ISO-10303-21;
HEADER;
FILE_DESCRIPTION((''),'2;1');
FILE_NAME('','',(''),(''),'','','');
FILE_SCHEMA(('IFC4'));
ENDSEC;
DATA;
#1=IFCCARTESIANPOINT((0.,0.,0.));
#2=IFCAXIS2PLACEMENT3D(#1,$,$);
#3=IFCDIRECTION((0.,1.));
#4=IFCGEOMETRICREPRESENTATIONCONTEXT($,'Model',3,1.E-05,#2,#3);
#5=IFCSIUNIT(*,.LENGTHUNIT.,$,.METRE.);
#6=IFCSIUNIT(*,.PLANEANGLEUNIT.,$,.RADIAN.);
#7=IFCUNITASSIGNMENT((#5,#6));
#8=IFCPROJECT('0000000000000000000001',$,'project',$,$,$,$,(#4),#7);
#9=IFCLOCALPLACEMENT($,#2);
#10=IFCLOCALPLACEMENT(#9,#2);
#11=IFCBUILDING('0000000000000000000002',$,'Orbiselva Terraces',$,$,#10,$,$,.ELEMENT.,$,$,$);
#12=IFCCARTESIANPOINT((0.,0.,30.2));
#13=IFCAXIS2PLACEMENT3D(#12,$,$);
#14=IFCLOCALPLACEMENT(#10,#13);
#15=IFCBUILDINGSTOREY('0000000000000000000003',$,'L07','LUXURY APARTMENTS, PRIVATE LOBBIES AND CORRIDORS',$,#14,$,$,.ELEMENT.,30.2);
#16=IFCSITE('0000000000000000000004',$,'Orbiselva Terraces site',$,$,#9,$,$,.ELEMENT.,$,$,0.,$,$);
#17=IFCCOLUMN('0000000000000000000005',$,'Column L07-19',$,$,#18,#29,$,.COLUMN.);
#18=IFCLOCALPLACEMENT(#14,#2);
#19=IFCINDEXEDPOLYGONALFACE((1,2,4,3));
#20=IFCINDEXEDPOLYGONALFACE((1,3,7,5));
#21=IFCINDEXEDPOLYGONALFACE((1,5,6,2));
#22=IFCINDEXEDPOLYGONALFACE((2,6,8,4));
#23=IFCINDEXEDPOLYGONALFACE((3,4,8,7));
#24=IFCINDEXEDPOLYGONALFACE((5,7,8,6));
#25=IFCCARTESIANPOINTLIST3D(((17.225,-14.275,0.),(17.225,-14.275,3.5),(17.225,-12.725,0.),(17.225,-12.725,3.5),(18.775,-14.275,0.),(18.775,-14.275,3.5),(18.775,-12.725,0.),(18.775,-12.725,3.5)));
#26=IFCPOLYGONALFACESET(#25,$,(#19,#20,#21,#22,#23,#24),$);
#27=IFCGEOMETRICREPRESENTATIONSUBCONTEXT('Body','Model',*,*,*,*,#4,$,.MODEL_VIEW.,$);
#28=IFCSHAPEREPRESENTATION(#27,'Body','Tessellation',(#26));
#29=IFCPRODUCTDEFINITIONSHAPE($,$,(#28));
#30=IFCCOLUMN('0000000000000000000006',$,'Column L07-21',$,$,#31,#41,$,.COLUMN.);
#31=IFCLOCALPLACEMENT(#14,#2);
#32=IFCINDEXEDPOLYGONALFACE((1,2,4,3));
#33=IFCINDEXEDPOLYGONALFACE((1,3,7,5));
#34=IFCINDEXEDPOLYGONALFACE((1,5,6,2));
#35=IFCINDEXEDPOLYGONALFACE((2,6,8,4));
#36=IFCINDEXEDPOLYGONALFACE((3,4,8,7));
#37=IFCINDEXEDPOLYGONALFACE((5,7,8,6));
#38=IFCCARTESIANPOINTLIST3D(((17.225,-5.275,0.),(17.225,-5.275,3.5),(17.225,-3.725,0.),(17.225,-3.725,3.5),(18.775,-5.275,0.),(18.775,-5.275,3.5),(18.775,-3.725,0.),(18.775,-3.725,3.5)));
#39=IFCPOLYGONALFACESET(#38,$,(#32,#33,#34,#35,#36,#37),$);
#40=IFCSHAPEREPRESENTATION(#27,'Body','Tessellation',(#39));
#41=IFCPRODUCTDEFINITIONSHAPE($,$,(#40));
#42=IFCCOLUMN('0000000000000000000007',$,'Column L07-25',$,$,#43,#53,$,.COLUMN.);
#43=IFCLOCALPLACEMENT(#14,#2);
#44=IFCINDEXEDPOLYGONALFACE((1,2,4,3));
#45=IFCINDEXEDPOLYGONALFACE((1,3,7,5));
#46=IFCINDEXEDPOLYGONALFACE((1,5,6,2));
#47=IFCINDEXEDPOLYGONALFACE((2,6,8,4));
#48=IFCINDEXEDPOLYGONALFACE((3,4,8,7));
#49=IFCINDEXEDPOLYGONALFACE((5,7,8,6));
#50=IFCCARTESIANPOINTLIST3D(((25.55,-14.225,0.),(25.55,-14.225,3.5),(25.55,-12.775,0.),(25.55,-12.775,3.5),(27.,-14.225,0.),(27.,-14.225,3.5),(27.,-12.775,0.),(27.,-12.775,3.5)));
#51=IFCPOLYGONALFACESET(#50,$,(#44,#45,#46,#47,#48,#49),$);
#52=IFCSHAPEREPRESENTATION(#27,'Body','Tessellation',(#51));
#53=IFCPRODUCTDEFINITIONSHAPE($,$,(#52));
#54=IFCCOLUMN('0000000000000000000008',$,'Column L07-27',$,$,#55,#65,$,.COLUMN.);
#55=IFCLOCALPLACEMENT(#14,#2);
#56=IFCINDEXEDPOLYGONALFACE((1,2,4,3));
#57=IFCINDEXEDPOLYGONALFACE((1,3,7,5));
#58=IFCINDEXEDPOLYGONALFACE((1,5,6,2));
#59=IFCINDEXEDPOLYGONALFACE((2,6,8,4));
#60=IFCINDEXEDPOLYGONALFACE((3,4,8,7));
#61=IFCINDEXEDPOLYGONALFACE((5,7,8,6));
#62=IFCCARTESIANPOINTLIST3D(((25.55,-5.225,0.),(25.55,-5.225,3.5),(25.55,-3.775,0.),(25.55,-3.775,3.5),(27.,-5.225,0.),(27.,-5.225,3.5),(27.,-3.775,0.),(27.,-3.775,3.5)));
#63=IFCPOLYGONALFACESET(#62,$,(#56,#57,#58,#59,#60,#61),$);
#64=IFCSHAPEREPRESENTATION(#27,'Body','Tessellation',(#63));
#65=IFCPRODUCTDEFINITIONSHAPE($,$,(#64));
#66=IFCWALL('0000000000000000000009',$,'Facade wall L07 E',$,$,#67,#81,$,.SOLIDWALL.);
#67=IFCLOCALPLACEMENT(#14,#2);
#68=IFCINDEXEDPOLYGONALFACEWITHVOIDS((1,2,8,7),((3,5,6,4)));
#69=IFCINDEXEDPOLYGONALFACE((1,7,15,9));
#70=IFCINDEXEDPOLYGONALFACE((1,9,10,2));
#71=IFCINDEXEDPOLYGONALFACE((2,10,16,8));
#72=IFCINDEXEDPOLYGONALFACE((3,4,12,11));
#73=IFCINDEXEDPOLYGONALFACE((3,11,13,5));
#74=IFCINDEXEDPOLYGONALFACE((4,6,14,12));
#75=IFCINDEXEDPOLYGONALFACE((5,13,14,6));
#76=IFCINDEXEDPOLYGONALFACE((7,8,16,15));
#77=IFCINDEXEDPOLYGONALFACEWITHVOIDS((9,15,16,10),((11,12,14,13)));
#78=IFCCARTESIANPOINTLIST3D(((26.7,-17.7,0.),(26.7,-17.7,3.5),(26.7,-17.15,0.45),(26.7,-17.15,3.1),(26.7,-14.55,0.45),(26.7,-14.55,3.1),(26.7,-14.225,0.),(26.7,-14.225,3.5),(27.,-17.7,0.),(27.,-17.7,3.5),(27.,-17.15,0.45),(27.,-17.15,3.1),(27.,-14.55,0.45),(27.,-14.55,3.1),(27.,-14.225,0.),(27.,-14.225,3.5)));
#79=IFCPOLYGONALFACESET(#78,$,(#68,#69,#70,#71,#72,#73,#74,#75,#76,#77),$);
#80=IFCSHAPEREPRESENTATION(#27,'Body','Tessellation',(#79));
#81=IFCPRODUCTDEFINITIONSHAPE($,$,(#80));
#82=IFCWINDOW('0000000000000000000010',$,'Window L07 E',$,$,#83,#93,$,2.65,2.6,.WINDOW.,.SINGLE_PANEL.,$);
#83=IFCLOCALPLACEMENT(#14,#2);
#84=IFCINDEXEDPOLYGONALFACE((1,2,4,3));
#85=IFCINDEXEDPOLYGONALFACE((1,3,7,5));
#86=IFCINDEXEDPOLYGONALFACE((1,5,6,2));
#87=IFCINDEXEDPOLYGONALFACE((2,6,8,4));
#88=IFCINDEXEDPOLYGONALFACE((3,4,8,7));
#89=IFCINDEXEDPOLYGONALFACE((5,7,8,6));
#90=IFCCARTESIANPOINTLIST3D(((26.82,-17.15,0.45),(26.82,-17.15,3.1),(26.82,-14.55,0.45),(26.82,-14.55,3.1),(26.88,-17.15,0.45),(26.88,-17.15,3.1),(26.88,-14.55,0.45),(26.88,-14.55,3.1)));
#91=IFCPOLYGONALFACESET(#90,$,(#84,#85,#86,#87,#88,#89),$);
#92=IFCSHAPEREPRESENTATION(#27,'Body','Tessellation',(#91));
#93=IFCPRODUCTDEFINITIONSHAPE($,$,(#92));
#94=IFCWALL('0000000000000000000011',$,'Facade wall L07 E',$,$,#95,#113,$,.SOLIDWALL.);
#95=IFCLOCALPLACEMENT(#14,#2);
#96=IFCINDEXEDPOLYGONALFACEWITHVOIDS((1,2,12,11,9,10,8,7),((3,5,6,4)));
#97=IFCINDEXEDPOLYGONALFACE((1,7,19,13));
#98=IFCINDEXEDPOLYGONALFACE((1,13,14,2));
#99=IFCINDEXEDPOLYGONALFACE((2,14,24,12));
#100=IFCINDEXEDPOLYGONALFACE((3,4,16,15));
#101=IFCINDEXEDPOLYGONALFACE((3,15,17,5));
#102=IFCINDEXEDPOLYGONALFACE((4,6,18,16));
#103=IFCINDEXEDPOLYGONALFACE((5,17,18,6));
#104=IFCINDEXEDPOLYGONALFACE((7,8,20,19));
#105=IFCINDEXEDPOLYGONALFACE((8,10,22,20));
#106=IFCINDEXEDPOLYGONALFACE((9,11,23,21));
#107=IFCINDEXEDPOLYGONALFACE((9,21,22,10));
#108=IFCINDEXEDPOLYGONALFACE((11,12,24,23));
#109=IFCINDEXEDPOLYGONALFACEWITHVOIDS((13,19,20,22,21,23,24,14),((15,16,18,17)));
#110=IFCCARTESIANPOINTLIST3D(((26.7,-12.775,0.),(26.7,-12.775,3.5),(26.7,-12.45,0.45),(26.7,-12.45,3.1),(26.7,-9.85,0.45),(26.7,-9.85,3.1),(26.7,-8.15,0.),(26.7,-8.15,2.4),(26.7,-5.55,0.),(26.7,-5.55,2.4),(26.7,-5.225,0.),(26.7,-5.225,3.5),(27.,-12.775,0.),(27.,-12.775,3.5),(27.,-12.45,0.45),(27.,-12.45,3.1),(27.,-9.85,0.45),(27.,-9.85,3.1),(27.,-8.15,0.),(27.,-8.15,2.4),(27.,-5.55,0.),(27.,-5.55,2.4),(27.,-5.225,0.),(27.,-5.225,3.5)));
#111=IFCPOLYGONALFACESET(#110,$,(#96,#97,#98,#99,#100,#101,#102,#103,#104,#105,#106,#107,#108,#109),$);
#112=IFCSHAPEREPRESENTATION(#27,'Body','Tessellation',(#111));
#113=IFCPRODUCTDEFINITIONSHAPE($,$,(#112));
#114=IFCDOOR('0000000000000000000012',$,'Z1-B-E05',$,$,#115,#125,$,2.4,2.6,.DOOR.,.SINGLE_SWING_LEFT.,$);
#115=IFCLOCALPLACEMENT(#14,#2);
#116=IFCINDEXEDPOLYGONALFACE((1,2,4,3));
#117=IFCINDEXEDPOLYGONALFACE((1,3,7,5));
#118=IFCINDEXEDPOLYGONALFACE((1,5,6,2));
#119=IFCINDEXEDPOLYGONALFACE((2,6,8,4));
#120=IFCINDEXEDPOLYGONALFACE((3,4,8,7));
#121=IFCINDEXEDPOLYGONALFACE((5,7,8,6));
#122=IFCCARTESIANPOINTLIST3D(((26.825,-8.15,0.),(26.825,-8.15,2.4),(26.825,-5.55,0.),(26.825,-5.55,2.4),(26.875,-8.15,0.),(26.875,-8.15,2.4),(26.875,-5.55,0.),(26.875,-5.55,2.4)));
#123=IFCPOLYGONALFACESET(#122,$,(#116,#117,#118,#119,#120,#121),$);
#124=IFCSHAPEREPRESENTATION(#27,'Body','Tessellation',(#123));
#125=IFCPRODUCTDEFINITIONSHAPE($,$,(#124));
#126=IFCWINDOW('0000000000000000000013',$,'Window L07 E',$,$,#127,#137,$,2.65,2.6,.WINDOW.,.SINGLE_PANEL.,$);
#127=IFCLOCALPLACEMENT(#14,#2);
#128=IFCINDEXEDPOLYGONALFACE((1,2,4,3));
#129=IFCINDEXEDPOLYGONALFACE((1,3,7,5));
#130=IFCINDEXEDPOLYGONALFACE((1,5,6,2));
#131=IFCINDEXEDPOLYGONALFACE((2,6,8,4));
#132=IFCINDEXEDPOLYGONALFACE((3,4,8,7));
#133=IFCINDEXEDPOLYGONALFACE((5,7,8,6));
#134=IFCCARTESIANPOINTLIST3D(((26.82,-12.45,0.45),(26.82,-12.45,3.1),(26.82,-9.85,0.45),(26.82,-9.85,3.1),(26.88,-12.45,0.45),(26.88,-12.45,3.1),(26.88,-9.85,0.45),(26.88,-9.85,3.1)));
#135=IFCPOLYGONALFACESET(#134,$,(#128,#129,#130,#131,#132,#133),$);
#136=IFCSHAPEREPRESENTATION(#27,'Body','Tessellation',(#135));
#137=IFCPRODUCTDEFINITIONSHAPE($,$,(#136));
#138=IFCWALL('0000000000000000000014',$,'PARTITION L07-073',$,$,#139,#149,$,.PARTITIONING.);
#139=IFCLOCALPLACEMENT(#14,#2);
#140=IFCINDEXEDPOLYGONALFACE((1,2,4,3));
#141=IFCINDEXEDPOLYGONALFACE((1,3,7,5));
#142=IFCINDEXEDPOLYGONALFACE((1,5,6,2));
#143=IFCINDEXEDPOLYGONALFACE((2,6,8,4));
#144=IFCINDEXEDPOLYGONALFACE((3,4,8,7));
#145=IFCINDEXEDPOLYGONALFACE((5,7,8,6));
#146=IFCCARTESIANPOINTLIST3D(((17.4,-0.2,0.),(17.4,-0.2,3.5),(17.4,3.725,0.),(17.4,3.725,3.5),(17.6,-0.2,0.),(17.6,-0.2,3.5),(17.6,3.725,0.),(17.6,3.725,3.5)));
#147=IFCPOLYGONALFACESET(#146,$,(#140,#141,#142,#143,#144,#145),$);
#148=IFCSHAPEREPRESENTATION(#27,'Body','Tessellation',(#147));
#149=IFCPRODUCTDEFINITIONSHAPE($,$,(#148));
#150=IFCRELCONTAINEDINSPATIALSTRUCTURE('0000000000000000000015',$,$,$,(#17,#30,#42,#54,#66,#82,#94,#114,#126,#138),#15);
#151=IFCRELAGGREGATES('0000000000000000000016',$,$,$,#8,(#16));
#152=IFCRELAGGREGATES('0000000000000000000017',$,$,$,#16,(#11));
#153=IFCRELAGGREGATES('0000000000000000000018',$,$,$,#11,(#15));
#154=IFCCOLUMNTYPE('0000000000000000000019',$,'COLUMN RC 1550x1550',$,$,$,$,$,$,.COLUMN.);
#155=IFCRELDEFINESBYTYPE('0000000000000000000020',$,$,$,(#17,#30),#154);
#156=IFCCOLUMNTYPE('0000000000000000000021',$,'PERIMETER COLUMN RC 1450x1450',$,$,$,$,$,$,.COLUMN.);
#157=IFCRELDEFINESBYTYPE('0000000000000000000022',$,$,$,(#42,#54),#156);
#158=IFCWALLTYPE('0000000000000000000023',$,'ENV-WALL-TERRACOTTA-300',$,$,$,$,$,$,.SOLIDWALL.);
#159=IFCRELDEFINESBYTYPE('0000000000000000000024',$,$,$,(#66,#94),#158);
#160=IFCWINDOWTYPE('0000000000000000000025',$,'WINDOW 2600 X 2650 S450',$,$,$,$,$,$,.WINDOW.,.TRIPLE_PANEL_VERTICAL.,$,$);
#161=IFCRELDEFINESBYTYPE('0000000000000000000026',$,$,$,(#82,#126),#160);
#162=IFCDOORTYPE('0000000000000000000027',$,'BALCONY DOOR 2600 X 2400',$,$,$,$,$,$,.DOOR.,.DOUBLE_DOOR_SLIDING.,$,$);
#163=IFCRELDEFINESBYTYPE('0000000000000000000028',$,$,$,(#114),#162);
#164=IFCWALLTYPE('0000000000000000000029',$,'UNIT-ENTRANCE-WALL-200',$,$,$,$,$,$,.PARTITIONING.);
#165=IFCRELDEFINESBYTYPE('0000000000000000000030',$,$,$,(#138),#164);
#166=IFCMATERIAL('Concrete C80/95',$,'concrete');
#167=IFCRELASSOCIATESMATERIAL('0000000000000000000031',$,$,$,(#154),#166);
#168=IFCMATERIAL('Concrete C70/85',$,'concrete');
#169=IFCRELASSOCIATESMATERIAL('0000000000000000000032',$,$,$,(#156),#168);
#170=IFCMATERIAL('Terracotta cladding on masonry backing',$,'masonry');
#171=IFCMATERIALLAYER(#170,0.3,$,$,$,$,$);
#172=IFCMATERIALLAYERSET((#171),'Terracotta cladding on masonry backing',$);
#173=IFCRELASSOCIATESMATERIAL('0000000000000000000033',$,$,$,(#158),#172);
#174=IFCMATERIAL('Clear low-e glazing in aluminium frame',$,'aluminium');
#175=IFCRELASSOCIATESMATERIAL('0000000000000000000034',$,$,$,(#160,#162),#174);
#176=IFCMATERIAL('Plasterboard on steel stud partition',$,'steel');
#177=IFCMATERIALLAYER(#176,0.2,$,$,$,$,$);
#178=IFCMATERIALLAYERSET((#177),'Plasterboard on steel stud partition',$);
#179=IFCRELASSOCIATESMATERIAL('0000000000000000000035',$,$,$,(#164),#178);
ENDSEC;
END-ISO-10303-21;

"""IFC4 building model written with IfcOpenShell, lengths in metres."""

from ifc_helpers import new_model, si_unit, direction, frame, frame_2d, origin, origin_2d, place, context, subcontext, project, spatial, rectangle, extrude, material, layer, layer_set, material_profile, profile_set, type_object, element, fill, save


model = new_model("IFC4")

# Units and contexts
model_context = context("Model", 3, precision=1e-05, world=origin(), true_north=direction((0.0, 1.0)))
body_context = subcontext(model_context, "Body", "Model", "MODEL_VIEW")
ifc_project = project(units=[si_unit("LENGTHUNIT", "METRE"), si_unit("PLANEANGLEUNIT", "RADIAN")], contexts=[model_context])

# Site, building, storey
site_placement = place(None, origin())
site = spatial("IfcSite", under=ifc_project, at=site_placement, Name="Orbiselva Terraces site", CompositionType="ELEMENT", RefElevation=0.0)
building_placement = place(site_placement, origin())
building = spatial("IfcBuilding", under=site, at=building_placement, Name="Orbiselva Terraces", CompositionType="ELEMENT")
storey_placement = place(building_placement, frame((0.0, 0.0, 30.2)))
storey = spatial("IfcBuildingStorey", under=building, at=storey_placement, Name="L07", Description="LUXURY APARTMENTS, PRIVATE LOBBIES AND CORRIDORS", CompositionType="ELEMENT", Elevation=30.2)

# Columns
ifc_material_1 = material(Name="Concrete C80/95", Category="concrete")
ifc_material_profile_1 = material_profile(ifc_material_1, rectangle(XDim=1.55, YDim=1.55, at=origin_2d()), Name="RC 1550x1550")
ifc_profile_set_1 = profile_set([ifc_material_profile_1], Name="Concrete C80/95")
column_type_1 = type_object("IfcColumnType", Name="COLUMN RC 1550x1550", PredefinedType="COLUMN", material=ifc_profile_set_1)
for number, where, z_axis, x_axis, name in (
    (1, (18.0, -13.5, 0.0), (0.0, 0.0, 1.0), (1.0, 0.0, 0.0), "Column L07-19"),
    (2, (18.0, -4.5, 0.0), (0.0, 0.0, 1.0), (1.0, 0.0, 0.0), "Column L07-21"),
):
    element("IfcColumn", number, at=place(storey_placement, frame(where, z_axis=z_axis, x_axis=x_axis)), inside=storey, type_object=column_type_1, Name=name, PredefinedType="COLUMN", context=body_context, shape_type="SweptSolid", body=[
        extrude(rectangle(XDim=1.55, YDim=1.55, at=origin_2d()), origin(), (0.0, 0.0, 1.0), 3.5),
    ])
ifc_material_2 = material(Name="Concrete C70/85", Category="concrete")
ifc_material_profile_2 = material_profile(ifc_material_2, rectangle(XDim=1.45, YDim=1.45, at=origin_2d()), Name="RC 1450x1450")
ifc_profile_set_2 = profile_set([ifc_material_profile_2], Name="Concrete C70/85")
column_type_2 = type_object("IfcColumnType", Name="PERIMETER COLUMN RC 1450x1450", PredefinedType="COLUMN", material=ifc_profile_set_2)
for number, where, z_axis, x_axis, name in (
    (3, (26.275, -13.5, 0.0), (0.0, 0.0, 1.0), (1.0, 0.0, 0.0), "Column L07-25"),
    (4, (26.275, -4.5, 0.0), (0.0, 0.0, 1.0), (1.0, 0.0, 0.0), "Column L07-27"),
):
    element("IfcColumn", number, at=place(storey_placement, frame(where, z_axis=z_axis, x_axis=x_axis)), inside=storey, type_object=column_type_2, Name=name, PredefinedType="COLUMN", context=body_context, shape_type="SweptSolid", body=[
        extrude(rectangle(XDim=1.45, YDim=1.45, at=origin_2d()), origin(), (0.0, 0.0, 1.0), 3.5),
    ])

# Wall, opening, window
ifc_material_3 = material(Name="Terracotta cladding on masonry backing", Category="masonry")
ifc_layer_1 = layer(ifc_material_3, 0.3)
ifc_layer_set_1 = layer_set([ifc_layer_1], Name="Terracotta cladding on masonry backing")
wall_type_1 = type_object("IfcWallType", Name="ENV-WALL-TERRACOTTA-300", PredefinedType="SOLIDWALL", material=ifc_layer_set_1)
wall_1_placement = place(storey_placement, frame((26.85, -14.225, 0.0), z_axis=(0.0, 0.0, 1.0), x_axis=(0.0, -1.0, 0.0)))
wall_1 = element("IfcWall", 5, at=wall_1_placement, inside=storey, type_object=wall_type_1, Name="Facade wall L07 E", PredefinedType="SOLIDWALL", context=body_context, shape_type="SweptSolid", body=[
    extrude(rectangle(XDim=3.475, YDim=0.3, at=frame_2d((1.7375, 0.0))), origin(), (0.0, 0.0, 1.0), 3.5),
])
opening_1_placement = place(wall_1_placement, frame((0.325, 0.0, 0.45)))
opening_1 = element("IfcOpeningElement", 6, at=opening_1_placement, cuts=wall_1, PredefinedType="OPENING", context=body_context, shape_type="SweptSolid", body=[
    extrude(rectangle(XDim=2.6, YDim=2.65, at=frame_2d((1.3, 1.325))), frame((0.0, 0.16, 0.0), z_axis=(0.0, -1.0, 0.0), x_axis=(1.0, 0.0, 0.0)), (0.0, 0.0, 1.0), 0.32),
])
ifc_material_4 = material(Name="Clear low-e glazing in aluminium frame", Category="aluminium")
window_type = type_object("IfcWindowType", Name="WINDOW 2600 X 2650 S450", PartitioningType="TRIPLE_PANEL_VERTICAL", PredefinedType="WINDOW", material=ifc_material_4)
window_1_placement = place(opening_1_placement, origin())
window_1 = element("IfcWindow", 7, at=window_1_placement, inside=storey, type_object=window_type, Name="Window L07 E", OverallHeight=2.65, OverallWidth=2.6, PartitioningType="SINGLE_PANEL", PredefinedType="WINDOW", context=body_context, shape_type="SweptSolid", body=[
    extrude(rectangle(XDim=2.6, YDim=2.65, at=frame_2d((1.3, 1.325))), frame((0.0, 0.03, 0.0), z_axis=(0.0, -1.0, 0.0), x_axis=(1.0, 0.0, 0.0)), (0.0, 0.0, 1.0), 0.06),
])
fill(opening_1, window_1)

# Wall, openings, door, window
wall_2_placement = place(storey_placement, frame((26.85, -5.225, 0.0), z_axis=(0.0, 0.0, 1.0), x_axis=(0.0, -1.0, 0.0)))
wall_2 = element("IfcWall", 8, at=wall_2_placement, inside=storey, type_object=wall_type_1, Name="Facade wall L07 E", PredefinedType="SOLIDWALL", context=body_context, shape_type="SweptSolid", body=[
    extrude(rectangle(XDim=7.55, YDim=0.3, at=frame_2d((3.775, 0.0))), origin(), (0.0, 0.0, 1.0), 3.5),
])
opening_2_placement = place(wall_2_placement, frame((4.625, 0.0, 0.45)))
opening_2 = element("IfcOpeningElement", 9, at=opening_2_placement, cuts=wall_2, PredefinedType="OPENING", context=body_context, shape_type="SweptSolid", body=[
    extrude(rectangle(XDim=2.6, YDim=2.65, at=frame_2d((1.3, 1.325))), frame((0.0, 0.16, 0.0), z_axis=(0.0, -1.0, 0.0), x_axis=(1.0, 0.0, 0.0)), (0.0, 0.0, 1.0), 0.32),
])
opening_3_placement = place(wall_2_placement, frame((0.325, 0.0, 0.0)))
opening_3 = element("IfcOpeningElement", 10, at=opening_3_placement, cuts=wall_2, PredefinedType="OPENING", context=body_context, shape_type="SweptSolid", body=[
    extrude(rectangle(XDim=2.6, YDim=2.4, at=frame_2d((1.3, 1.2))), frame((0.0, 0.16, 0.0), z_axis=(0.0, -1.0, 0.0), x_axis=(1.0, 0.0, 0.0)), (0.0, 0.0, 1.0), 0.32),
])
door_type_1 = type_object("IfcDoorType", Name="BALCONY DOOR 2600 X 2400", OperationType="DOUBLE_DOOR_SLIDING", PredefinedType="DOOR", material=ifc_material_4)
door_1_placement = place(opening_3_placement, origin())
door_1 = element("IfcDoor", 11, at=door_1_placement, inside=storey, type_object=door_type_1, Name="Z1-B-E05", OperationType="SINGLE_SWING_LEFT", OverallHeight=2.4, OverallWidth=2.6, PredefinedType="DOOR", context=body_context, shape_type="SweptSolid", body=[
    extrude(rectangle(XDim=2.6, YDim=2.4, at=frame_2d((1.3, 1.2))), frame((0.0, 0.025, 0.0), z_axis=(0.0, -1.0, 0.0), x_axis=(1.0, 0.0, 0.0)), (0.0, 0.0, 1.0), 0.05),
])
fill(opening_3, door_1)
window_2_placement = place(opening_2_placement, origin())
window_2 = element("IfcWindow", 12, at=window_2_placement, inside=storey, type_object=window_type, Name="Window L07 E", OverallHeight=2.65, OverallWidth=2.6, PartitioningType="SINGLE_PANEL", PredefinedType="WINDOW", context=body_context, shape_type="SweptSolid", body=[
    extrude(rectangle(XDim=2.6, YDim=2.65, at=frame_2d((1.3, 1.325))), frame((0.0, 0.03, 0.0), z_axis=(0.0, -1.0, 0.0), x_axis=(1.0, 0.0, 0.0)), (0.0, 0.0, 1.0), 0.06),
])
fill(opening_2, window_2)

# Wall
ifc_material_5 = material(Name="Plasterboard on steel stud partition", Category="steel")
ifc_layer_2 = layer(ifc_material_5, 0.2)
ifc_layer_set_2 = layer_set([ifc_layer_2], Name="Plasterboard on steel stud partition")
wall_type_2 = type_object("IfcWallType", Name="UNIT-ENTRANCE-WALL-200", PredefinedType="PARTITIONING", material=ifc_layer_set_2)
wall_3_placement = place(storey_placement, frame((17.5, -0.2, 0.0), z_axis=(0.0, 0.0, 1.0), x_axis=(0.0, 1.0, 0.0)))
element("IfcWall", 13, at=wall_3_placement, inside=storey, type_object=wall_type_2, Name="PARTITION L07-073", PredefinedType="PARTITIONING", context=body_context, shape_type="SweptSolid", body=[
    extrude(rectangle(XDim=3.925, YDim=0.2, at=frame_2d((1.9625, 0.0))), origin(), (0.0, 0.0, 1.0), 3.5),
])

save(model, "model.ifc")
